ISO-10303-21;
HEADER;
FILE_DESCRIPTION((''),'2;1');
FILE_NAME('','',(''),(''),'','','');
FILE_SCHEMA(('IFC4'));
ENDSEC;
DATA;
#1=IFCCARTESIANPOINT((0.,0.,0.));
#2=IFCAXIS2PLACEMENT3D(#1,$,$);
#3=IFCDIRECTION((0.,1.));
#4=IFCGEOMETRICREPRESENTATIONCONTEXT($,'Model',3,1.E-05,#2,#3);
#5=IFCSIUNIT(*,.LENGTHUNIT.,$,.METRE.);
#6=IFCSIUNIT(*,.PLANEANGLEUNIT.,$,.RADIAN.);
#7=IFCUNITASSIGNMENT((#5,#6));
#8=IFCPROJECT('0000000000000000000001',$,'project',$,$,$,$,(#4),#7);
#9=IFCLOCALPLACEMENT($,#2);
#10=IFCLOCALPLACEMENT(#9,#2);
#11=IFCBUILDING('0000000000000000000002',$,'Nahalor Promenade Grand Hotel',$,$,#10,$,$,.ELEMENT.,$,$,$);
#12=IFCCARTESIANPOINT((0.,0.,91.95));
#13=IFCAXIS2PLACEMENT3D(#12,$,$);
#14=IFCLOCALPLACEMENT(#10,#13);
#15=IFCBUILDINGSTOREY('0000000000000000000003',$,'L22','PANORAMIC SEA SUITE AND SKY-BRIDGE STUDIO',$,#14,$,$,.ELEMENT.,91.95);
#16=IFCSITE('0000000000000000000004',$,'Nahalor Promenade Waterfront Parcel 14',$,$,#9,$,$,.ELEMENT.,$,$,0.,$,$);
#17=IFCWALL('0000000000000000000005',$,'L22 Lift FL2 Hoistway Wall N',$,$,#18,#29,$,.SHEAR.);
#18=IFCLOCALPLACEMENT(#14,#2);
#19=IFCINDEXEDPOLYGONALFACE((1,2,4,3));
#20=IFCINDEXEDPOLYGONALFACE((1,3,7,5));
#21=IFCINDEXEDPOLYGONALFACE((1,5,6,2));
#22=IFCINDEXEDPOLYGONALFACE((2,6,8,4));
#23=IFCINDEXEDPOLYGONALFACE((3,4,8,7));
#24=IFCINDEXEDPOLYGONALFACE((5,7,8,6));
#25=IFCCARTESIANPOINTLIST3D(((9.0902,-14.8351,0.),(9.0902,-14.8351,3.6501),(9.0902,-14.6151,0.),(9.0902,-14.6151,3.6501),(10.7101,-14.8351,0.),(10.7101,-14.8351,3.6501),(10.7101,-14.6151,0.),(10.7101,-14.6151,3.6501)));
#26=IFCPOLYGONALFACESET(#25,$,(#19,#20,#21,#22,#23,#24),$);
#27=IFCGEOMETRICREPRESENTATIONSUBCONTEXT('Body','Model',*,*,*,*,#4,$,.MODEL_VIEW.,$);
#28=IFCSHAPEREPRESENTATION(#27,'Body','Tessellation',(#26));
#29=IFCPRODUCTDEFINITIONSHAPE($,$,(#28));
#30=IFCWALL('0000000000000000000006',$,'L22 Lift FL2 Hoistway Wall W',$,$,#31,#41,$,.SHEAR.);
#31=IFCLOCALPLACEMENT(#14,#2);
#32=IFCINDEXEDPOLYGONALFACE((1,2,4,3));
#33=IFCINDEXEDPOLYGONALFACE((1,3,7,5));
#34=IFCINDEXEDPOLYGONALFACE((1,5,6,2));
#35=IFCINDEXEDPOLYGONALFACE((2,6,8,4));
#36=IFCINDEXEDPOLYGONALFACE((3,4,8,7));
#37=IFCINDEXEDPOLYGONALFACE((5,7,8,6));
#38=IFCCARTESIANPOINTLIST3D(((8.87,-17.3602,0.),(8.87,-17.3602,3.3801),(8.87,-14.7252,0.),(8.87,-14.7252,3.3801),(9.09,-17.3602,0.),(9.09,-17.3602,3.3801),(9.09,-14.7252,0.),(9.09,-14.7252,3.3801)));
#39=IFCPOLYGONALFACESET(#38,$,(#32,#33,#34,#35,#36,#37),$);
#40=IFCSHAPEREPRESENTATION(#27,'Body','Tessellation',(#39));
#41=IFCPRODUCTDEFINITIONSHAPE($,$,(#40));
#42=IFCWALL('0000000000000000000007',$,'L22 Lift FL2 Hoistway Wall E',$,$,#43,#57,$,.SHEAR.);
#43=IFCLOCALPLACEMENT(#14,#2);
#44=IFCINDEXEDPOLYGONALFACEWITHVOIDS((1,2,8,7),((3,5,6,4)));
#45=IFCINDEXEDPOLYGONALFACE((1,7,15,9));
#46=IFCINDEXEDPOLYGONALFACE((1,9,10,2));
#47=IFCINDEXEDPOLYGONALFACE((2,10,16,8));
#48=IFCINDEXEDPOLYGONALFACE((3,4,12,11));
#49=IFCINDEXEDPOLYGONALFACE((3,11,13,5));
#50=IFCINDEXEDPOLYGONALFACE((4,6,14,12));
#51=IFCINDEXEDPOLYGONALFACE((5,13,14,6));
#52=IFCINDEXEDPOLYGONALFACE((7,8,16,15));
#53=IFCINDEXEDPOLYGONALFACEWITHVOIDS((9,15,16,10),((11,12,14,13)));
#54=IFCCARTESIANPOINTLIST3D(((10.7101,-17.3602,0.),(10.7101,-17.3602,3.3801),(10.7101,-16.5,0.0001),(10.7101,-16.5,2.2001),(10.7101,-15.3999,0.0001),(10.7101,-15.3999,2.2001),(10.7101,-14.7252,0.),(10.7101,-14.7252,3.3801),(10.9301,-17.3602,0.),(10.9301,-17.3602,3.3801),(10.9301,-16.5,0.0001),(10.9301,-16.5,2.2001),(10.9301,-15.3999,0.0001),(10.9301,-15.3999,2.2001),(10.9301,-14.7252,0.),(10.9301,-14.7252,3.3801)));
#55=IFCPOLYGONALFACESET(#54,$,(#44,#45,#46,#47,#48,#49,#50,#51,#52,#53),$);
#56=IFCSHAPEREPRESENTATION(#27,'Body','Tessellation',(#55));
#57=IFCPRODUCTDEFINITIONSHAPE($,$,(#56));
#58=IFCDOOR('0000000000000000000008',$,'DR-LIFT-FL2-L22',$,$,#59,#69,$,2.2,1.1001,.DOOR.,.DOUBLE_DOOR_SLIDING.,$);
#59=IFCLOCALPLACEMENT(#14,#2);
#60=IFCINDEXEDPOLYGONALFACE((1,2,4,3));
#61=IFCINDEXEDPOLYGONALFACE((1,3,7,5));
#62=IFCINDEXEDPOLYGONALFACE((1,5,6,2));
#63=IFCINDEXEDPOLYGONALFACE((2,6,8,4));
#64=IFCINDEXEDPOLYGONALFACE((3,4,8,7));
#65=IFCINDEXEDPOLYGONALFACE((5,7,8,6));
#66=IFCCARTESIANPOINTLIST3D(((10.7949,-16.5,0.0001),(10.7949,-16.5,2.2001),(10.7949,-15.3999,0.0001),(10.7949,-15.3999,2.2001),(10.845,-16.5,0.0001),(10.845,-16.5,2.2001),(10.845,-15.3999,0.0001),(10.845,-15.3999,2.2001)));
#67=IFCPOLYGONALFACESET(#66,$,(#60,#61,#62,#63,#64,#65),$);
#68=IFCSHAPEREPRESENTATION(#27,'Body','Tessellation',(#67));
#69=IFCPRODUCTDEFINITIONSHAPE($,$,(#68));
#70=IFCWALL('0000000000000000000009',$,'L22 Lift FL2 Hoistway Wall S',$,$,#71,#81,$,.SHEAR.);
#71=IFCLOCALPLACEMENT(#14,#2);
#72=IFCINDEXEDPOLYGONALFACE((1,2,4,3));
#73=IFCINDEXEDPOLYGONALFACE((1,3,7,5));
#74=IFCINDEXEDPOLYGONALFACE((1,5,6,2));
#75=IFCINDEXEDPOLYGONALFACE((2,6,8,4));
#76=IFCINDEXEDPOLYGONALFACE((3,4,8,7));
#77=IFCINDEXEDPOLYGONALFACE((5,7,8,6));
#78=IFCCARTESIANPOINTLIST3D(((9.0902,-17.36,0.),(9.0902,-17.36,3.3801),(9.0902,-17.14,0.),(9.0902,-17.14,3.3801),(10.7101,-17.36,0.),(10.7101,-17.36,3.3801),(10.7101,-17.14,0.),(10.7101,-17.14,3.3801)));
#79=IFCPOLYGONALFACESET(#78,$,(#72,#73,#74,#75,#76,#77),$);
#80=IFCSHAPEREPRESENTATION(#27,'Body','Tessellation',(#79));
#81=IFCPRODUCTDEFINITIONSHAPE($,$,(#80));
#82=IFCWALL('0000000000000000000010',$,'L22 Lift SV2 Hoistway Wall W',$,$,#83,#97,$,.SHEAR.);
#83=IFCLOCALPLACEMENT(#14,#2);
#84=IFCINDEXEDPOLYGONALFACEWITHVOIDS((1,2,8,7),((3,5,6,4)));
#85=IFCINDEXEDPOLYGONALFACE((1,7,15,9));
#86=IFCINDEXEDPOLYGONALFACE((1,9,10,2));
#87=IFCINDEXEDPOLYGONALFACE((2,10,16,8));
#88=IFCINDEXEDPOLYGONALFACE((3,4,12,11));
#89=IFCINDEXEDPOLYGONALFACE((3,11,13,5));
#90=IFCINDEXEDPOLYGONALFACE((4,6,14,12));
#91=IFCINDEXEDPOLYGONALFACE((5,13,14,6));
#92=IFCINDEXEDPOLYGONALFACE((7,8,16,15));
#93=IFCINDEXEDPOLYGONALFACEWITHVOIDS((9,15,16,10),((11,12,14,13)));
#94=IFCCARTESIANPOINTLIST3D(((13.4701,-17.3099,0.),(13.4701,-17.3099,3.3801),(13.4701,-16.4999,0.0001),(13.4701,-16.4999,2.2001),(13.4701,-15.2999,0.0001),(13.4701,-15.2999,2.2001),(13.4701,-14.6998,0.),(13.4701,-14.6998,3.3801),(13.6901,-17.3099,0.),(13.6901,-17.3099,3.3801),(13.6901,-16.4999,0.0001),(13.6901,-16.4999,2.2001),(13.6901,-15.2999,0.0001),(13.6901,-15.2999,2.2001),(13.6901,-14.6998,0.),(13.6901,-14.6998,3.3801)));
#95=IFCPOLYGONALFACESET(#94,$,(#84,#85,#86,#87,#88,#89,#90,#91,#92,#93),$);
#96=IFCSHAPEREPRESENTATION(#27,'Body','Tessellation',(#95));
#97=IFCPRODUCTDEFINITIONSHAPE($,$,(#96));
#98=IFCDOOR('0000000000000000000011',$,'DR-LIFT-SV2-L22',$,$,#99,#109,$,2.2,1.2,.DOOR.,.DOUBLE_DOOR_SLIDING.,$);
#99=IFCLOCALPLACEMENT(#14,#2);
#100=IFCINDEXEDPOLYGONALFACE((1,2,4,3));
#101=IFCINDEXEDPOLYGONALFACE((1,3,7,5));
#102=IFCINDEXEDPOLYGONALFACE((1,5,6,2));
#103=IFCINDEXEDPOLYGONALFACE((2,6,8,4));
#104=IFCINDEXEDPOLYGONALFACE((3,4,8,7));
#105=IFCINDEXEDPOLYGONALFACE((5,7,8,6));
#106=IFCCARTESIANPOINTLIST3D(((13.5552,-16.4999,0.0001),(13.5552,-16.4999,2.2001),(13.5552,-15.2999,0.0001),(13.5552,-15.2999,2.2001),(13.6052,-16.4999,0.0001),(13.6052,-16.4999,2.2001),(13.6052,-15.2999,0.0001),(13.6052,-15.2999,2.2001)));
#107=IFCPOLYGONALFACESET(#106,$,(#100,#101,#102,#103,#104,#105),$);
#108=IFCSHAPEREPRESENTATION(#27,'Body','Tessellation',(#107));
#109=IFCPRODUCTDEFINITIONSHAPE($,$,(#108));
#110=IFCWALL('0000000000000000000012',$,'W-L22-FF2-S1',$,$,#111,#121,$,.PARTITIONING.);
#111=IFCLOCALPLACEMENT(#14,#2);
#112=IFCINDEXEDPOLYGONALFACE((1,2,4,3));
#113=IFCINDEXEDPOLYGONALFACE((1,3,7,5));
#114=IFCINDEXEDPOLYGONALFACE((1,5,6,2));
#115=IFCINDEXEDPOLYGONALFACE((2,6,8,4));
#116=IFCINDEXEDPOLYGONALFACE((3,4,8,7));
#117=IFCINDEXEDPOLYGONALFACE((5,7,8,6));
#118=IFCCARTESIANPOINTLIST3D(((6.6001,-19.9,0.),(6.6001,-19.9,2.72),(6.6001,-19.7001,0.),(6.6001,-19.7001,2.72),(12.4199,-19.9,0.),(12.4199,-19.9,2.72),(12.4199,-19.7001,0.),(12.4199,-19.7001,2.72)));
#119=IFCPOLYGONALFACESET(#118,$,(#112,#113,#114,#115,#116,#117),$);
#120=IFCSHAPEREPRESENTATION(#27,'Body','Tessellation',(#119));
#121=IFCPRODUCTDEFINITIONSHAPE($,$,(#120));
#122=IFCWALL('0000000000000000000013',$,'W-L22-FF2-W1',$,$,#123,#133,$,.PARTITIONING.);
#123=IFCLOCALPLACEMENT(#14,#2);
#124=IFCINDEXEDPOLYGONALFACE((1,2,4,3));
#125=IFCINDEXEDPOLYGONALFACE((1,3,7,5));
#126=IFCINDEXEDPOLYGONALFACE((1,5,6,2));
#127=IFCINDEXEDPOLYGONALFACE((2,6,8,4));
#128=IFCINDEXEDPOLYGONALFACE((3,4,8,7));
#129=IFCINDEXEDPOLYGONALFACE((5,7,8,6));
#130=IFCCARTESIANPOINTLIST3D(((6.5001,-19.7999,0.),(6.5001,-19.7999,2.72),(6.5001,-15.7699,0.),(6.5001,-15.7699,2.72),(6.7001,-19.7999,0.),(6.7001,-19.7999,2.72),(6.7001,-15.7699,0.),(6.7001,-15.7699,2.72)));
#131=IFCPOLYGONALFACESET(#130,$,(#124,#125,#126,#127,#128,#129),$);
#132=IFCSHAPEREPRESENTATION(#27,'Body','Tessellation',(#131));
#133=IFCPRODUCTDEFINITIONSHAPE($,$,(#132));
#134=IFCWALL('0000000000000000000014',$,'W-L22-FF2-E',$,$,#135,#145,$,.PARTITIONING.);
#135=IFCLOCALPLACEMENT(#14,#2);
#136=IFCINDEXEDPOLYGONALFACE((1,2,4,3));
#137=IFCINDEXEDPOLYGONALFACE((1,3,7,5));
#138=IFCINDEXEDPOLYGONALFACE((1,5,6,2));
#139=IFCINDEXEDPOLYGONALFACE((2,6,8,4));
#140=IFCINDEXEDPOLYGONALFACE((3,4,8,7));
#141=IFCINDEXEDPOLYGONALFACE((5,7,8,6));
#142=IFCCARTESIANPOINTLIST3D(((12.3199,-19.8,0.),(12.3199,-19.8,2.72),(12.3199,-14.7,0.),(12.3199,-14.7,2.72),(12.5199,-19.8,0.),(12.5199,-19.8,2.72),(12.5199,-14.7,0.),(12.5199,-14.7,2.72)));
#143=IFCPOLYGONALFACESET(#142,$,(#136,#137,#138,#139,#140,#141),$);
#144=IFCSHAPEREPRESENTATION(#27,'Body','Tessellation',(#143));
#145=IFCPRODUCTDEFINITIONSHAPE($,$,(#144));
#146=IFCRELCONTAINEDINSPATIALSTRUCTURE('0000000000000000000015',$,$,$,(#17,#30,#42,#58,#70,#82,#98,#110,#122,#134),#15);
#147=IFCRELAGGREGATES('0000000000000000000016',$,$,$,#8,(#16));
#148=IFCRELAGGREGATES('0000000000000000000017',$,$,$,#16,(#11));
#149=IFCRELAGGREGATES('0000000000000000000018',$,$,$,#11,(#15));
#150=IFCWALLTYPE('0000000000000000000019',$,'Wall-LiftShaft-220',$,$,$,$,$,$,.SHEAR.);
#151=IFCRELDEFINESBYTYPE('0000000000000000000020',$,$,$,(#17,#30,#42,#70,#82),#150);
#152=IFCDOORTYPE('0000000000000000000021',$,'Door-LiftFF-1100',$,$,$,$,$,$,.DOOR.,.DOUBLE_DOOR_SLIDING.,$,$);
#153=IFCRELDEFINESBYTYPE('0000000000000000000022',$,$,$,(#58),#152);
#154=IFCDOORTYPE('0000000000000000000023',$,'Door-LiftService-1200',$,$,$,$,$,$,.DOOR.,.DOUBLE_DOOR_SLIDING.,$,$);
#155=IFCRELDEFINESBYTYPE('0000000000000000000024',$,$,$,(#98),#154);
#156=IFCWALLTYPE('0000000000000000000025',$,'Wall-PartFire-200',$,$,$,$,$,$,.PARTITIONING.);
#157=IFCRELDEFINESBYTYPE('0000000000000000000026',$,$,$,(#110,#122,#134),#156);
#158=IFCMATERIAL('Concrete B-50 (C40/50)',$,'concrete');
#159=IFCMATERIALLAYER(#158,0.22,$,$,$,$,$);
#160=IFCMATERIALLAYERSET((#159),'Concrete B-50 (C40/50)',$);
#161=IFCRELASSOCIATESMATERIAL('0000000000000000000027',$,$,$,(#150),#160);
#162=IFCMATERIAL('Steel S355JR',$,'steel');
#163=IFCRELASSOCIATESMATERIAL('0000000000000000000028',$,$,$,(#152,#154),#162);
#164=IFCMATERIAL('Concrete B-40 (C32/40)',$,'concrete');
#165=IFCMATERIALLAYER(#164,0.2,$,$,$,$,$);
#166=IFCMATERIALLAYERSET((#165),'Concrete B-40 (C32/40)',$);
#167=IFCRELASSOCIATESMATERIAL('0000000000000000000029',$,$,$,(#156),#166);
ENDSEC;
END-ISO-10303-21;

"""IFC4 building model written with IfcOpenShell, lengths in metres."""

from ifc_helpers import new_model, si_unit, direction, frame, frame_2d, origin, place, context, subcontext, project, spatial, rectangle, extrude, source, transform, mapped, material, layer, layer_set, type_object, element, fill, save


model = new_model("IFC4")

# Units and contexts
model_context = context("Model", 3, precision=1e-05, world=origin(), true_north=direction((0.0, 1.0)))
body_context = subcontext(model_context, "Body", "Model", "MODEL_VIEW")
ifc_project = project(units=[si_unit("LENGTHUNIT", "METRE"), si_unit("PLANEANGLEUNIT", "RADIAN")], contexts=[model_context])

# Site, building, storey
site_placement = place(None, origin())
site = spatial("IfcSite", under=ifc_project, at=site_placement, Name="Nahalor Promenade Waterfront Parcel 14", CompositionType="ELEMENT", RefElevation=0.0)
building_placement = place(site_placement, origin())
building = spatial("IfcBuilding", under=site, at=building_placement, Name="Nahalor Promenade Grand Hotel", CompositionType="ELEMENT")
storey_placement = place(building_placement, frame((0.0, 0.0, 91.95)))
storey = spatial("IfcBuildingStorey", under=building, at=storey_placement, Name="L22", Description="PANORAMIC SEA SUITE AND SKY-BRIDGE STUDIO", CompositionType="ELEMENT", Elevation=91.95)

# Shared definitions
ifc_material_1 = material(Name="Steel S355JR", Category="steel")

# Shared definitions
ifc_material_2 = material(Name="Concrete B-50 (C40/50)", Category="concrete")

# Walls
ifc_layer_1 = layer(ifc_material_2, 0.22)
ifc_layer_set_1 = layer_set([ifc_layer_1], Name="Concrete B-50 (C40/50)")
wall_type_1 = type_object("IfcWallType", Name="Wall-LiftShaft-220", PredefinedType="SHEAR", material=ifc_layer_set_1)
shared_shape_1 = source(origin(), body_context, "Body", "SweptSolid", [
    extrude(rectangle(XDim=1.6199, YDim=0.22, at=frame_2d((0.8101, 0.0))), origin(), (0.0, 0.0, 1.0), 3.6501),
])
wall_1_placement = place(storey_placement, frame((9.0901, -14.7251, 0.0), z_axis=(0.0, 0.0, 1.0), x_axis=(1.0, 0.0, 0.0)))
element("IfcWall", 1, at=wall_1_placement, inside=storey, type_object=wall_type_1, Name="L22 Lift FL2 Hoistway Wall N", PredefinedType="SHEAR", context=body_context, shape_type="MappedRepresentation", body=[
    mapped(shared_shape_1, transform((0.0, 0.0, 0.0), scale=1.0)),
])
shared_shape_2 = source(origin(), body_context, "Body", "SweptSolid", [
    extrude(rectangle(XDim=2.635, YDim=0.22, at=frame_2d((1.3174, 0.0))), origin(), (0.0, 0.0, 1.0), 3.3801),
])
wall_2_placement = place(storey_placement, frame((8.98, -17.3601, 0.0), z_axis=(0.0, 0.0, 1.0), x_axis=(0.0, 1.0, 0.0)))
element("IfcWall", 2, at=wall_2_placement, inside=storey, type_object=wall_type_1, Name="L22 Lift FL2 Hoistway Wall W", PredefinedType="SHEAR", context=body_context, shape_type="MappedRepresentation", body=[
    mapped(shared_shape_2, transform((0.0, 0.0, 0.0), scale=1.0)),
])

# Wall, opening, door
wall_3_placement = place(storey_placement, frame((10.8201, -17.3601, 0.0), z_axis=(0.0, 0.0, 1.0), x_axis=(0.0, 1.0, 0.0)))
wall_3 = element("IfcWall", 3, at=wall_3_placement, inside=storey, type_object=wall_type_1, Name="L22 Lift FL2 Hoistway Wall E", PredefinedType="SHEAR", context=body_context, shape_type="MappedRepresentation", body=[
    mapped(shared_shape_2, transform((0.0, 0.0, 0.0), scale=1.0)),
])
opening_1_placement = place(wall_3_placement, frame((0.8601, 0.0, 0.0)))
opening_1 = element("IfcOpeningElement", 4, at=opening_1_placement, cuts=wall_3, PredefinedType="OPENING", context=body_context, shape_type="SweptSolid", body=[
    extrude(rectangle(XDim=1.1001, YDim=2.2, at=frame_2d((0.55, 1.1001))), frame((0.0, 0.1199, 0.0), z_axis=(0.0, -1.0, 0.0), x_axis=(1.0, 0.0, 0.0)), (0.0, 0.0, 1.0), 0.24),
])
door_type_1 = type_object("IfcDoorType", Name="Door-LiftFF-1100", OperationType="DOUBLE_DOOR_SLIDING", PredefinedType="DOOR", material=ifc_material_1)
shared_shape_3 = source(origin(), body_context, "Body", "SweptSolid", [
    extrude(rectangle(XDim=1.1001, YDim=2.2, at=frame_2d((0.55, 1.1001))), frame((0.0, 0.0249, 0.0), z_axis=(0.0, -1.0, 0.0), x_axis=(1.0, 0.0, 0.0)), (0.0, 0.0, 1.0), 0.05),
])
door_1_placement = place(opening_1_placement, frame((1.1001, 0.0, 0.0), z_axis=(0.0, 0.0, 1.0), x_axis=(-1.0, 0.0, 0.0)))
door_1 = element("IfcDoor", 5, at=door_1_placement, inside=storey, type_object=door_type_1, Name="DR-LIFT-FL2-L22", OperationType="DOUBLE_DOOR_SLIDING", OverallHeight=2.2, OverallWidth=1.1001, PredefinedType="DOOR", context=body_context, shape_type="MappedRepresentation", body=[
    mapped(shared_shape_3, transform((0.0, 0.0, 0.0), scale=1.0)),
])
fill(opening_1, door_1)

# Wall
shared_shape_4 = source(origin(), body_context, "Body", "SweptSolid", [
    extrude(rectangle(XDim=1.6199, YDim=0.22, at=frame_2d((0.8101, 0.0))), origin(), (0.0, 0.0, 1.0), 3.3801),
])
wall_4_placement = place(storey_placement, frame((9.0901, -17.25, 0.0), z_axis=(0.0, 0.0, 1.0), x_axis=(1.0, 0.0, 0.0)))
element("IfcWall", 6, at=wall_4_placement, inside=storey, type_object=wall_type_1, Name="L22 Lift FL2 Hoistway Wall S", PredefinedType="SHEAR", context=body_context, shape_type="MappedRepresentation", body=[
    mapped(shared_shape_4, transform((0.0, 0.0, 0.0), scale=1.0)),
])

# Wall, opening, door
shared_shape_5 = source(origin(), body_context, "Body", "SweptSolid", [
    extrude(rectangle(XDim=2.6101, YDim=0.22, at=frame_2d((1.3052, 0.0))), origin(), (0.0, 0.0, 1.0), 3.3801),
])
wall_5_placement = place(storey_placement, frame((13.5801, -17.3101, 0.0), z_axis=(0.0, 0.0, 1.0), x_axis=(0.0, 1.0, 0.0)))
wall_5 = element("IfcWall", 7, at=wall_5_placement, inside=storey, type_object=wall_type_1, Name="L22 Lift SV2 Hoistway Wall W", PredefinedType="SHEAR", context=body_context, shape_type="MappedRepresentation", body=[
    mapped(shared_shape_5, transform((0.0, 0.0, 0.0), scale=1.0)),
])
opening_2_placement = place(wall_5_placement, frame((0.8101, 0.0, 0.0)))
opening_2 = element("IfcOpeningElement", 8, at=opening_2_placement, cuts=wall_5, PredefinedType="OPENING", context=body_context, shape_type="SweptSolid", body=[
    extrude(rectangle(XDim=1.2, YDim=2.2, at=frame_2d((0.6001, 1.1001))), frame((0.0, 0.1199, 0.0), z_axis=(0.0, -1.0, 0.0), x_axis=(1.0, 0.0, 0.0)), (0.0, 0.0, 1.0), 0.24),
])
door_type_2 = type_object("IfcDoorType", Name="Door-LiftService-1200", OperationType="DOUBLE_DOOR_SLIDING", PredefinedType="DOOR", material=ifc_material_1)
shared_shape_6 = source(origin(), body_context, "Body", "SweptSolid", [
    extrude(rectangle(XDim=1.2, YDim=2.2, at=frame_2d((0.6001, 1.1001))), frame((0.0, 0.0249, 0.0), z_axis=(0.0, -1.0, 0.0), x_axis=(1.0, 0.0, 0.0)), (0.0, 0.0, 1.0), 0.05),
])
door_2_placement = place(opening_2_placement, origin())
door_2 = element("IfcDoor", 9, at=door_2_placement, inside=storey, type_object=door_type_2, Name="DR-LIFT-SV2-L22", OperationType="DOUBLE_DOOR_SLIDING", OverallHeight=2.2, OverallWidth=1.2, PredefinedType="DOOR", context=body_context, shape_type="MappedRepresentation", body=[
    mapped(shared_shape_6, transform((0.0, 0.0, 0.0), scale=1.0)),
])
fill(opening_2, door_2)

# Walls
ifc_material_3 = material(Name="Concrete B-40 (C32/40)", Category="concrete")
ifc_layer_2 = layer(ifc_material_3, 0.2)
ifc_layer_set_2 = layer_set([ifc_layer_2], Name="Concrete B-40 (C32/40)")
wall_type_2 = type_object("IfcWallType", Name="Wall-PartFire-200", PredefinedType="PARTITIONING", material=ifc_layer_set_2)
shared_shape_7 = source(origin(), body_context, "Body", "SweptSolid", [
    extrude(rectangle(XDim=5.8198, YDim=0.2, at=frame_2d((2.9099, 0.0))), origin(), (0.0, 0.0, 1.0), 2.72),
])
wall_6_placement = place(storey_placement, frame((6.6001, -19.8, 0.0), z_axis=(0.0, 0.0, 1.0), x_axis=(1.0, 0.0, 0.0)))
element("IfcWall", 10, at=wall_6_placement, inside=storey, type_object=wall_type_2, Name="W-L22-FF2-S1", PredefinedType="PARTITIONING", context=body_context, shape_type="MappedRepresentation", body=[
    mapped(shared_shape_7, transform((0.0, 0.0, 0.0), scale=1.0)),
])
shared_shape_8 = source(origin(), body_context, "Body", "SweptSolid", [
    extrude(rectangle(XDim=4.03, YDim=0.2, at=frame_2d((2.0151, 0.0))), origin(), (0.0, 0.0, 1.0), 2.72),
])
wall_7_placement = place(storey_placement, frame((6.6001, -19.8, 0.0), z_axis=(0.0, 0.0, 1.0), x_axis=(0.0, 1.0, 0.0)))
element("IfcWall", 11, at=wall_7_placement, inside=storey, type_object=wall_type_2, Name="W-L22-FF2-W1", PredefinedType="PARTITIONING", context=body_context, shape_type="MappedRepresentation", body=[
    mapped(shared_shape_8, transform((0.0, 0.0, 0.0), scale=1.0)),
])
shared_shape_9 = source(origin(), body_context, "Body", "SweptSolid", [
    extrude(rectangle(XDim=5.1001, YDim=0.2, at=frame_2d((2.55, 0.0))), origin(), (0.0, 0.0, 1.0), 2.72),
])
wall_8_placement = place(storey_placement, frame((12.4199, -19.8, 0.0), z_axis=(0.0, 0.0, 1.0), x_axis=(0.0, 1.0, 0.0)))
element("IfcWall", 12, at=wall_8_placement, inside=storey, type_object=wall_type_2, Name="W-L22-FF2-E", PredefinedType="PARTITIONING", context=body_context, shape_type="MappedRepresentation", body=[
    mapped(shared_shape_9, transform((0.0, 0.0, 0.0), scale=1.0)),
])

save(model, "model.ifc")
